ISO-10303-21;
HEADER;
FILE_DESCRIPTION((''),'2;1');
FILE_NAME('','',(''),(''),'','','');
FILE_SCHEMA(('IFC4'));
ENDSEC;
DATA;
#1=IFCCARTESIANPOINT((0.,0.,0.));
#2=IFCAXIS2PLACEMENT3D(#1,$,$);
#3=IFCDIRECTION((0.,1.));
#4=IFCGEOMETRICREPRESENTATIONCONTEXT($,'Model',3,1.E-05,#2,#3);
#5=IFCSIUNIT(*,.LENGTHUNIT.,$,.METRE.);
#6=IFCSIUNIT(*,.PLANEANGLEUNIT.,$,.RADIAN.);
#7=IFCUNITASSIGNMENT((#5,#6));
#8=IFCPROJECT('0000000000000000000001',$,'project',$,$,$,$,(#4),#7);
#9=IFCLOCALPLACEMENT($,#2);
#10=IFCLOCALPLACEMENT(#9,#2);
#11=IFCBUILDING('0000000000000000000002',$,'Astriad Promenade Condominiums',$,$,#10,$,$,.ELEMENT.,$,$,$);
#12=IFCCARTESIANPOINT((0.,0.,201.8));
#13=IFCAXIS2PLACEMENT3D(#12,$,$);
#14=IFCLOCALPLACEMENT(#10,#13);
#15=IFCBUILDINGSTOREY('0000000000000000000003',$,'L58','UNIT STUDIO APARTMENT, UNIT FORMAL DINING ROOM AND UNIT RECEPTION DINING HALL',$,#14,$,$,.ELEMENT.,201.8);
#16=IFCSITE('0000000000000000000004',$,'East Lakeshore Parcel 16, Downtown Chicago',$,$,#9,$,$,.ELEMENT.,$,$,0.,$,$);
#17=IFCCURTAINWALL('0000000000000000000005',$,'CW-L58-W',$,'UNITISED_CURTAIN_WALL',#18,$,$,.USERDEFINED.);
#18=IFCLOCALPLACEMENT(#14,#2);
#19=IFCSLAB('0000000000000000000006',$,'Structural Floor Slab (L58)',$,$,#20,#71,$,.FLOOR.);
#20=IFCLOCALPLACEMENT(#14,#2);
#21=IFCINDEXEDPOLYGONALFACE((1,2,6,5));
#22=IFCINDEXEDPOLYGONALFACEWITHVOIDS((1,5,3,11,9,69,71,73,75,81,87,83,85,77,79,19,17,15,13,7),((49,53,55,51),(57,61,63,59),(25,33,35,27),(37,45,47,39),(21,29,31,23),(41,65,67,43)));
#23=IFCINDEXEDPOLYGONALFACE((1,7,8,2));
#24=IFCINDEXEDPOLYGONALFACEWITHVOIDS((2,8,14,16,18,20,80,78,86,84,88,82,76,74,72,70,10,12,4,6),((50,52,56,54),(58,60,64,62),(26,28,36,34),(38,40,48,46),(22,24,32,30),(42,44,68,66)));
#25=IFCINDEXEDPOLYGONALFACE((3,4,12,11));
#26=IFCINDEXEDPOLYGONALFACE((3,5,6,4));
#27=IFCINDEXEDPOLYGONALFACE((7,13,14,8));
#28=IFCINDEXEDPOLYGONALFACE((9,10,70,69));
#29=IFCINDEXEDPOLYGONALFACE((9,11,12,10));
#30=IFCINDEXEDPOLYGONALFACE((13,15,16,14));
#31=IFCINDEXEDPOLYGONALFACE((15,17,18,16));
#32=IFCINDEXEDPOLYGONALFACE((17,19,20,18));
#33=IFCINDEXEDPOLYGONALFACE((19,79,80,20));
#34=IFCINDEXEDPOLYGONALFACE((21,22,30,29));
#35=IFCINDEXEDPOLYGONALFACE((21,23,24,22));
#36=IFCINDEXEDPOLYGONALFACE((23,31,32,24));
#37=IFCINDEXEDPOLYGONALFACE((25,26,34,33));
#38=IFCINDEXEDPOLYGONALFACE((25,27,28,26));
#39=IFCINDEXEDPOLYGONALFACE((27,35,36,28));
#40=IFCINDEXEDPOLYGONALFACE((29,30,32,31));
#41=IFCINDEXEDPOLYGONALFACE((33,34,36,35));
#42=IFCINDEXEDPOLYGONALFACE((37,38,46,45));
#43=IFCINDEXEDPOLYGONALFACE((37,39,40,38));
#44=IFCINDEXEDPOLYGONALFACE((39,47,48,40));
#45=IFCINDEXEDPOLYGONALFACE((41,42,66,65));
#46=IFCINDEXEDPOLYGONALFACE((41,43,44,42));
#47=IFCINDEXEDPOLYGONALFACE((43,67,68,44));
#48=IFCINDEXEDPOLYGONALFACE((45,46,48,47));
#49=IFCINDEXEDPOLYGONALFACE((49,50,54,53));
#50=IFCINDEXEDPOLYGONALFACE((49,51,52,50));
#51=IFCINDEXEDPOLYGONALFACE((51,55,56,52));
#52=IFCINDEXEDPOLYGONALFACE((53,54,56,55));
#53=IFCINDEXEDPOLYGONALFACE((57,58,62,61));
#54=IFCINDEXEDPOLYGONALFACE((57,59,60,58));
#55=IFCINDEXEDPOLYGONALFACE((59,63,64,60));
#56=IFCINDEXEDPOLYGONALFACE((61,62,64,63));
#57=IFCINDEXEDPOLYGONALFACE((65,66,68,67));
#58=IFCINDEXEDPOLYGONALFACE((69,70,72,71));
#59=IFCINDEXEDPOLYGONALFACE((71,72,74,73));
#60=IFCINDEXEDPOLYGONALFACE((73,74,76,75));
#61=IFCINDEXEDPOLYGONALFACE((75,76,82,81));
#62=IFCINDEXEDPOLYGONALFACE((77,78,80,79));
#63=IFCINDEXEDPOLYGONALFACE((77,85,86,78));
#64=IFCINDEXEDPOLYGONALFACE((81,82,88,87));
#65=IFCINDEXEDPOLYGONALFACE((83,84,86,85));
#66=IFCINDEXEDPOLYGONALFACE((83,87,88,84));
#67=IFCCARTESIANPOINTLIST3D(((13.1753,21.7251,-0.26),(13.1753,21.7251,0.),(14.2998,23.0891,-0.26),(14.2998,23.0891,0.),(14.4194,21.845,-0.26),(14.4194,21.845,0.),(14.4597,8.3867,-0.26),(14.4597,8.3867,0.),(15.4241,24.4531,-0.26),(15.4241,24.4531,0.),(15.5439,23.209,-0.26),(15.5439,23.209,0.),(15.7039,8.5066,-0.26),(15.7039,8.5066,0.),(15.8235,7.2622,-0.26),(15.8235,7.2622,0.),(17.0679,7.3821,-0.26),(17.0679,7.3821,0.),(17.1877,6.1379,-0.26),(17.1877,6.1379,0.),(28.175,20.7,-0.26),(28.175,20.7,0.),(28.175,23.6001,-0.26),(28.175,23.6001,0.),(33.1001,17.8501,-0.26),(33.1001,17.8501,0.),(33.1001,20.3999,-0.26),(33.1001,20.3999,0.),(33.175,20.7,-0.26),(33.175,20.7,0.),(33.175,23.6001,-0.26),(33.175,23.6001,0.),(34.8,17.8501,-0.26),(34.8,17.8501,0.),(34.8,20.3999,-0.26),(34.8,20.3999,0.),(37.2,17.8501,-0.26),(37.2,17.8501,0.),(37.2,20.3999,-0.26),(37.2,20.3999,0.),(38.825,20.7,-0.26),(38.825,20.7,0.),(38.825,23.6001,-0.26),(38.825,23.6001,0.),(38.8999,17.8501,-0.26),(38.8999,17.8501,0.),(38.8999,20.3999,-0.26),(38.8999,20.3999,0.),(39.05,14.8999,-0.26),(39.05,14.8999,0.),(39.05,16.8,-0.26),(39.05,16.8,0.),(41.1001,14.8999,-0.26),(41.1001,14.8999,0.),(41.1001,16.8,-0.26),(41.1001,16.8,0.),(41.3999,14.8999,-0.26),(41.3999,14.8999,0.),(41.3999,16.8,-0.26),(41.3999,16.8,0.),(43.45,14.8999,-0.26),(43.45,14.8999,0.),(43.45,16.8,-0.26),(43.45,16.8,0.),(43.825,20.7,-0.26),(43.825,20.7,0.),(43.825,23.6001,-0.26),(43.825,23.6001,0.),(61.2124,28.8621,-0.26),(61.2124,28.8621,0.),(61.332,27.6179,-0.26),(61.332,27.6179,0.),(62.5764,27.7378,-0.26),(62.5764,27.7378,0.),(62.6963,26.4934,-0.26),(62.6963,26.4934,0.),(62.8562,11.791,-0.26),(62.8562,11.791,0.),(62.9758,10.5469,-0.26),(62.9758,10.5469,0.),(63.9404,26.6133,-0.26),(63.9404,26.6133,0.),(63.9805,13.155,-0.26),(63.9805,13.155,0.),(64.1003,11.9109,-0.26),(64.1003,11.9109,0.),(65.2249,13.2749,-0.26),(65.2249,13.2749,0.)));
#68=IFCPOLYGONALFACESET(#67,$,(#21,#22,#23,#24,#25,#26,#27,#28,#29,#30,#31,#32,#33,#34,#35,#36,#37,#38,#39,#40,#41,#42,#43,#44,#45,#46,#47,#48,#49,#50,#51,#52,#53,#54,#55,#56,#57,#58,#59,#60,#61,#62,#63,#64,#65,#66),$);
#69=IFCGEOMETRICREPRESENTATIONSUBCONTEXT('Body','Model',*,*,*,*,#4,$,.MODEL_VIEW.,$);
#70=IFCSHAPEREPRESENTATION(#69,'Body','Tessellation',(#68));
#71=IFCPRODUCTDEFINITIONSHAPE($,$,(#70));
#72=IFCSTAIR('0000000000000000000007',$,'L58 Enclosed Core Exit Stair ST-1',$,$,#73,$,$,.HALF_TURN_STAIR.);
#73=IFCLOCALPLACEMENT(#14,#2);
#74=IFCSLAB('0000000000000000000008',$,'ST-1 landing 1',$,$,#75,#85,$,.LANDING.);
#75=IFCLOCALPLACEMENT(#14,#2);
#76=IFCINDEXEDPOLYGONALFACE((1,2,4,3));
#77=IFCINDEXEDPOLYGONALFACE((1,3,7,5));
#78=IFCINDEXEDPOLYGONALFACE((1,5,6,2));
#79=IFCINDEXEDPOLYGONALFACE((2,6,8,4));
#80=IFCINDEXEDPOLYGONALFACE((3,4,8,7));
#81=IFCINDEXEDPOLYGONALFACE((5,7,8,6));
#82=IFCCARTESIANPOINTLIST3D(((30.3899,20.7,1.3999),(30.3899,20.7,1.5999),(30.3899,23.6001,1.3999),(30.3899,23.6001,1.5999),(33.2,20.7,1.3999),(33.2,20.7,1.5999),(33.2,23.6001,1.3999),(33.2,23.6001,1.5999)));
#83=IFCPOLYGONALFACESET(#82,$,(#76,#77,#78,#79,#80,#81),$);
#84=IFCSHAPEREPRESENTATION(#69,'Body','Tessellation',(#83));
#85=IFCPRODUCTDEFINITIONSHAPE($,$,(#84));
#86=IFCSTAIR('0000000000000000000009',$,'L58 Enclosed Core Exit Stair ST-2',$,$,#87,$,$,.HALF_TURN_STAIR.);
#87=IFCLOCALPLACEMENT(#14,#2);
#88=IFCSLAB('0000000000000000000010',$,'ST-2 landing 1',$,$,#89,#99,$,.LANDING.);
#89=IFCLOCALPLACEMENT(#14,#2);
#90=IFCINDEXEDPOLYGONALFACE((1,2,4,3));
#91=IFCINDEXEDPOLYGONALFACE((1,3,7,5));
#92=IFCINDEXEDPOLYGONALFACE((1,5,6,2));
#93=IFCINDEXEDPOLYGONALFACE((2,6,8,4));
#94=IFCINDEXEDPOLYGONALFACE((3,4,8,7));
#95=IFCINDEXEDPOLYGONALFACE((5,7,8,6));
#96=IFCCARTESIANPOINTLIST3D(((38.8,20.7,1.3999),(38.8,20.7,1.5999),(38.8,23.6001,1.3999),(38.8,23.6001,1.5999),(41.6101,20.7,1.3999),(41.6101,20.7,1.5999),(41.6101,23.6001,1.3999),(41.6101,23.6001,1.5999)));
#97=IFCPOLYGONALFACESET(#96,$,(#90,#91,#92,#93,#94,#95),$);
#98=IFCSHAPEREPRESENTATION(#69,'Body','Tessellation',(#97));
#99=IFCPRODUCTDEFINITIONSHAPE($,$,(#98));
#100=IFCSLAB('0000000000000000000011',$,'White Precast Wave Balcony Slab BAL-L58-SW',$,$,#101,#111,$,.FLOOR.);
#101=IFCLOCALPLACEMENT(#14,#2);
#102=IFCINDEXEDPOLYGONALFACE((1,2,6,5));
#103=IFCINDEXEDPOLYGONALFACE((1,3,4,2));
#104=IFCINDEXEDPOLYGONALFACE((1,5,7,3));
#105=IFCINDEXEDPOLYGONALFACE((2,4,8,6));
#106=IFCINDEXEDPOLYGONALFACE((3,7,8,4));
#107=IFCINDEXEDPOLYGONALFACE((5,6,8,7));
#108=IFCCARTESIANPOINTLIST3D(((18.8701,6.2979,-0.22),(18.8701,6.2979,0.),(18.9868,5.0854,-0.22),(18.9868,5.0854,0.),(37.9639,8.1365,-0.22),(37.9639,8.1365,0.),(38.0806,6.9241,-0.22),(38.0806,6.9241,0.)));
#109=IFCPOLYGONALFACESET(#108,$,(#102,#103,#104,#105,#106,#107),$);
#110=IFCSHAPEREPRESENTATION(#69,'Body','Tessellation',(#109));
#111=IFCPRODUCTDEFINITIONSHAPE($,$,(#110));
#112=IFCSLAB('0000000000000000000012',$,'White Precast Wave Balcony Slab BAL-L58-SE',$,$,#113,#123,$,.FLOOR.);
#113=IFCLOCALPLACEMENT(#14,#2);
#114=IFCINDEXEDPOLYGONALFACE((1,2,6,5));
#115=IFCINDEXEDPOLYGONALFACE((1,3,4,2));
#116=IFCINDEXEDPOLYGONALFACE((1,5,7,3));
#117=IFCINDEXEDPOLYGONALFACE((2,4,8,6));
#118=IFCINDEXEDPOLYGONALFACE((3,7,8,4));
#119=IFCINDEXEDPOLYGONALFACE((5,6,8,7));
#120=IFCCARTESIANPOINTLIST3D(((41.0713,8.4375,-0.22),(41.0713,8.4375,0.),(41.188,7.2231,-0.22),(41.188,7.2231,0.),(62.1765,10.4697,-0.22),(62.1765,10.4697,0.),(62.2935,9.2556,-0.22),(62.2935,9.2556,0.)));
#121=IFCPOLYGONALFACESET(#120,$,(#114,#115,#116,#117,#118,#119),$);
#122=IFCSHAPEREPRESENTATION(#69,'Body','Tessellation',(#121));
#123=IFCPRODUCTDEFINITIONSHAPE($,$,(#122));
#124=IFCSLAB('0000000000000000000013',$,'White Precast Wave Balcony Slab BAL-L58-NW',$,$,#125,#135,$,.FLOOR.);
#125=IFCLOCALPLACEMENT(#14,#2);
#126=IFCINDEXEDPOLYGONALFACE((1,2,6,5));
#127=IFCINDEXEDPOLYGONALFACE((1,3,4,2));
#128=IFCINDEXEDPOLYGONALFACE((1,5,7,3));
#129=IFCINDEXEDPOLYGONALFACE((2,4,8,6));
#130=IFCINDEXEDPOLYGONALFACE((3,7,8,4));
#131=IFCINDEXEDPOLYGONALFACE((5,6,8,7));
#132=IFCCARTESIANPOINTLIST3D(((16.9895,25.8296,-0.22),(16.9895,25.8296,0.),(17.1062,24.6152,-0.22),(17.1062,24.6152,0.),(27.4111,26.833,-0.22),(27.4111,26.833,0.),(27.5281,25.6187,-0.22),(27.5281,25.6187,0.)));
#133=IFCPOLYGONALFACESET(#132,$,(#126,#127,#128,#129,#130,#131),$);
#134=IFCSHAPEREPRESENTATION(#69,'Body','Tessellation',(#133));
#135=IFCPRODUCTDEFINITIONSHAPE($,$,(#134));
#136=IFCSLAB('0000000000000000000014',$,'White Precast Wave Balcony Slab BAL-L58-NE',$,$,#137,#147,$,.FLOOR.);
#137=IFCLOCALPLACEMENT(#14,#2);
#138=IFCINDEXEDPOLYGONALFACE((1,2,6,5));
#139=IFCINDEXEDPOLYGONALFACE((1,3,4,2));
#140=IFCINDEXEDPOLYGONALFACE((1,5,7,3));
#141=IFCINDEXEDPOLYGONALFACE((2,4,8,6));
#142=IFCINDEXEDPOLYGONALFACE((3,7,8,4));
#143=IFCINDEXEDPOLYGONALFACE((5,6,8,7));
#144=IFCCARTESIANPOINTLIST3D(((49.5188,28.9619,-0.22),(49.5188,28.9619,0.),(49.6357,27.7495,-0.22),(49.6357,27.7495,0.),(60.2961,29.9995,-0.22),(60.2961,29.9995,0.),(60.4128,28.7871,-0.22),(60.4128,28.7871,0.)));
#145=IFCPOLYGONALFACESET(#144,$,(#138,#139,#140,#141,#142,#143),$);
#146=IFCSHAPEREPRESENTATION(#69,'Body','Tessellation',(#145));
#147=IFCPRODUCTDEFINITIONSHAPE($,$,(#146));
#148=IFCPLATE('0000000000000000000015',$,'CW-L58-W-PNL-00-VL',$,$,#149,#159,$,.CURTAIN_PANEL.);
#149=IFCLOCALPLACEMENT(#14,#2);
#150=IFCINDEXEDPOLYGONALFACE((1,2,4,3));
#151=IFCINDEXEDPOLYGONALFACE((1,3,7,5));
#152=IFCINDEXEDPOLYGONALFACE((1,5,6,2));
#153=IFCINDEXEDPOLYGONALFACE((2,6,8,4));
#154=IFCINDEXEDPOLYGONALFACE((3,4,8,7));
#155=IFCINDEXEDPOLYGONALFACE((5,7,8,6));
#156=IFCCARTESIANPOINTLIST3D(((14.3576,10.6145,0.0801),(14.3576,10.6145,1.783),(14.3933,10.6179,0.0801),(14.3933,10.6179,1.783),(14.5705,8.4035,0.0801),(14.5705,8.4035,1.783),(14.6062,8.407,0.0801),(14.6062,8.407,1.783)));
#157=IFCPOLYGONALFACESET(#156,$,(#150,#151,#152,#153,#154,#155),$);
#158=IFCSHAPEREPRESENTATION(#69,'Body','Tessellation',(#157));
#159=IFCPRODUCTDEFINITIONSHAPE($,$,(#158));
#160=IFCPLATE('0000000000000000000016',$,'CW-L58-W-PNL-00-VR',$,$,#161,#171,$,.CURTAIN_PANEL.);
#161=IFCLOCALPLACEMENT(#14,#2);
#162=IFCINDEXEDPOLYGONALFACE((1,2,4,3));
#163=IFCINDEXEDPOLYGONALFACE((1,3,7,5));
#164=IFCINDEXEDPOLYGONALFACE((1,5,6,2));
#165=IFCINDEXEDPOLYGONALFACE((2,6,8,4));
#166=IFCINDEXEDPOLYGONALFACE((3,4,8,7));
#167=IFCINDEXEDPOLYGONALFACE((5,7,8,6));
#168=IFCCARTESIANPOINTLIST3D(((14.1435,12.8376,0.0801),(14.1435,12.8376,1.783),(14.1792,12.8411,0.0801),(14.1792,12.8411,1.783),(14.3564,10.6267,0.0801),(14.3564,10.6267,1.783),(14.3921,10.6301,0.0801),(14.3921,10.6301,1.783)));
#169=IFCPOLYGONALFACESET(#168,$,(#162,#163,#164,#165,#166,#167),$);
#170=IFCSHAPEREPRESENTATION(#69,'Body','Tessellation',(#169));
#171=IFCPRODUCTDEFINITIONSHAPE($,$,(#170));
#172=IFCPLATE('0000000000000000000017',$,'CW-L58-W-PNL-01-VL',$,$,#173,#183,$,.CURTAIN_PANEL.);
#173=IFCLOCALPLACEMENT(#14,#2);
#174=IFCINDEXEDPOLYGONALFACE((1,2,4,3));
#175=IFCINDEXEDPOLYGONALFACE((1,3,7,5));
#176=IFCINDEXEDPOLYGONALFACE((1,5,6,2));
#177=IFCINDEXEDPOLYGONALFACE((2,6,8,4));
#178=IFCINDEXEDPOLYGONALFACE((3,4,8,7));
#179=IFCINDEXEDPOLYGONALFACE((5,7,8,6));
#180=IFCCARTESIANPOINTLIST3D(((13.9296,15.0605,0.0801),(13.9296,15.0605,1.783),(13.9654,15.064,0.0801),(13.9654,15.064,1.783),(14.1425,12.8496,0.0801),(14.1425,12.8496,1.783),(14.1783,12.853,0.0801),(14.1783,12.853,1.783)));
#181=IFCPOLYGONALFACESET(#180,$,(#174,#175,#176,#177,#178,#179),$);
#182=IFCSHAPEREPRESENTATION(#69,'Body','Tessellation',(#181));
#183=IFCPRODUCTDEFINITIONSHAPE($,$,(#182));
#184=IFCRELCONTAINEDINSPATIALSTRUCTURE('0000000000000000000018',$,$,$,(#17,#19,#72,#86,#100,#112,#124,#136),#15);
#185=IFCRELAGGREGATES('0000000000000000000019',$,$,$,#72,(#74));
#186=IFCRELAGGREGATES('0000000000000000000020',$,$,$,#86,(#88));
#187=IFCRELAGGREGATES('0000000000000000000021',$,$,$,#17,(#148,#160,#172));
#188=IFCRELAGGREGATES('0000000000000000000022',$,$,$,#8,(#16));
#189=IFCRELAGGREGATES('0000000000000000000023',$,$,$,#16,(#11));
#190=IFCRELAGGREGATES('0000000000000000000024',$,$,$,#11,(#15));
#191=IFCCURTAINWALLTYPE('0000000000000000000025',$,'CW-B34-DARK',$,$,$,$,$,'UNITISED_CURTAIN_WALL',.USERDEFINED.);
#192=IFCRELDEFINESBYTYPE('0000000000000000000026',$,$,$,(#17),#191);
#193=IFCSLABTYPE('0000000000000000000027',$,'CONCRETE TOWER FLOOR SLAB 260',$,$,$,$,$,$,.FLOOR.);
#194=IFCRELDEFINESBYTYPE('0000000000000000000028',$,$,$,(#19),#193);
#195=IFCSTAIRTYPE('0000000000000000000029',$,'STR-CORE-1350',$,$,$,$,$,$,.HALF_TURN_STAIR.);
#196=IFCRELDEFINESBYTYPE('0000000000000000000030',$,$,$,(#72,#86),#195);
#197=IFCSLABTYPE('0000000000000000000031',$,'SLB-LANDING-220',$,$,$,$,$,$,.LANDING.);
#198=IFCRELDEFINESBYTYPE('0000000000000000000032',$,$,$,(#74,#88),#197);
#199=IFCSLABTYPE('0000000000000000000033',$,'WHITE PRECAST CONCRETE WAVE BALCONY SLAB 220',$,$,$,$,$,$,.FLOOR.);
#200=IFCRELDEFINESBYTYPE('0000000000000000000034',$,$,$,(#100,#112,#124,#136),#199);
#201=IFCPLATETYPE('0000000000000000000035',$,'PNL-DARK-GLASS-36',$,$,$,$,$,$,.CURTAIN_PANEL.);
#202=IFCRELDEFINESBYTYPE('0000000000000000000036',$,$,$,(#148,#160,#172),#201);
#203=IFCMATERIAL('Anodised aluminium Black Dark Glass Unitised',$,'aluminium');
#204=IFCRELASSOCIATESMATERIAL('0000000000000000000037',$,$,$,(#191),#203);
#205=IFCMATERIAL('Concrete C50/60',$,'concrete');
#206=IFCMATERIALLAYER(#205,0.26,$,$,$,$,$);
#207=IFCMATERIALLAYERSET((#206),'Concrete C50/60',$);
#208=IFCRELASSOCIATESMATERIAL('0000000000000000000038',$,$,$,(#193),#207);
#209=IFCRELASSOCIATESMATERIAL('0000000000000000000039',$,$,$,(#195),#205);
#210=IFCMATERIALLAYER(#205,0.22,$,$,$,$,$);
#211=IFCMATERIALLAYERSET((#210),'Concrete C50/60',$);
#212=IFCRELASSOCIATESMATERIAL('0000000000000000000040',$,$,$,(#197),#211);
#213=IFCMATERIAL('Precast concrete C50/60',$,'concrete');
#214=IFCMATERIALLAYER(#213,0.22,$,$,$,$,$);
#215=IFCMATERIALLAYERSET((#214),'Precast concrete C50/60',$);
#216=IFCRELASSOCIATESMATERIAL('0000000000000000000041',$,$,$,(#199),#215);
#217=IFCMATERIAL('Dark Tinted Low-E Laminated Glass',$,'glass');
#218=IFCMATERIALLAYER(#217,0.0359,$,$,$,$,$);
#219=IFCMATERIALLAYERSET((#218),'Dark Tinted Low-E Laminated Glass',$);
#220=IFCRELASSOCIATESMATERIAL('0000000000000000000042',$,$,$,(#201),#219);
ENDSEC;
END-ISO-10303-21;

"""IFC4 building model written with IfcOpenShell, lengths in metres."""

from ifc_helpers import new_model, si_unit, direction, frame, origin, origin_2d, place, context, subcontext, project, spatial, polyline, rectangle, outline, extrude, source, transform, mapped, material, layer, layer_set, type_object, element, aggregate, save


model = new_model("IFC4")

# Units and contexts
model_context = context("Model", 3, precision=1e-05, world=origin(), true_north=direction((0.0, 1.0)))
body_context = subcontext(model_context, "Body", "Model", "MODEL_VIEW")
ifc_project = project(units=[si_unit("LENGTHUNIT", "METRE"), si_unit("PLANEANGLEUNIT", "RADIAN")], contexts=[model_context])

# Site, building, storey
site_placement = place(None, origin())
site = spatial("IfcSite", under=ifc_project, at=site_placement, Name="East Lakeshore Parcel 16, Downtown Chicago", CompositionType="ELEMENT", RefElevation=0.0)
building_placement = place(site_placement, origin())
building = spatial("IfcBuilding", under=site, at=building_placement, Name="Astriad Promenade Condominiums", CompositionType="ELEMENT")
storey_placement = place(building_placement, frame((0.0, 0.0, 201.8)))
storey = spatial("IfcBuildingStorey", under=building, at=storey_placement, Name="L58", Description="UNIT STUDIO APARTMENT, UNIT FORMAL DINING ROOM AND UNIT RECEPTION DINING HALL", CompositionType="ELEMENT", Elevation=201.8)

# Shared definitions
ifc_material_1 = material(Name="Concrete C50/60", Category="concrete")

# Curtain wall
ifc_material_2 = material(Name="Anodised aluminium Black Dark Glass Unitised", Category="aluminium")
curtain_wall_type = type_object("IfcCurtainWallType", Name="CW-B34-DARK", ElementType="UNITISED_CURTAIN_WALL", PredefinedType="USERDEFINED", material=ifc_material_2)
curtain_wall_placement = place(storey_placement, origin())
curtain_wall = element("IfcCurtainWall", 1, at=curtain_wall_placement, inside=storey, type_object=curtain_wall_type, Name="CW-L58-W", ObjectType="UNITISED_CURTAIN_WALL", PredefinedType="USERDEFINED")

# Slab
ifc_layer_1 = layer(ifc_material_1, 0.26)
ifc_layer_set_1 = layer_set([ifc_layer_1], Name="Concrete C50/60")
slab_type_1 = type_object("IfcSlabType", Name="CONCRETE TOWER FLOOR SLAB 260", PredefinedType="FLOOR", material=ifc_layer_set_1)
slab_1_placement = place(storey_placement, frame((0.0, 0.0, -0.26)))
element("IfcSlab", 2, at=slab_1_placement, inside=storey, type_object=slab_type_1, Name="Structural Floor Slab (L58)", PredefinedType="FLOOR", context=body_context, shape_type="SweptSolid", body=[
    extrude(outline(polyline([(17.1877, 6.1379), (62.9758, 10.5469), (62.8562, 11.791), (64.1003, 11.9109), (63.9805, 13.155), (65.2249, 13.2749), (63.9404, 26.6133), (62.6963, 26.4934), (62.5764, 27.7378), (61.332, 27.6179), (61.2124, 28.8621), (15.4241, 24.4531), (15.5439, 23.209), (14.2998, 23.0891), (14.4194, 21.845), (13.1753, 21.7251), (14.4597, 8.3867), (15.7039, 8.5066), (15.8235, 7.2622), (17.0679, 7.3821), (17.1877, 6.1379)]), holes=[polyline([(28.175, 20.7), (33.175, 20.7), (33.175, 23.6001), (28.175, 23.6001), (28.175, 20.7)]), polyline([(38.825, 20.7), (43.825, 20.7), (43.825, 23.6001), (38.825, 23.6001), (38.825, 20.7)]), polyline([(33.1001, 17.8501), (34.8, 17.8501), (34.8, 20.3999), (33.1001, 20.3999), (33.1001, 17.8501)]), polyline([(37.2, 17.8501), (38.8999, 17.8501), (38.8999, 20.3999), (37.2, 20.3999), (37.2, 17.8501)]), polyline([(39.05, 14.8999), (41.1001, 14.8999), (41.1001, 16.8), (39.05, 16.8), (39.05, 14.8999)]), polyline([(41.3999, 14.8999), (43.45, 14.8999), (43.45, 16.8), (41.3999, 16.8), (41.3999, 14.8999)])]), origin(), (0.0, 0.0, 1.0), 0.26),
])

# Stairs, slabs
stair_type = type_object("IfcStairType", Name="STR-CORE-1350", PredefinedType="HALF_TURN_STAIR", material=ifc_material_1)
stair_1_placement = place(storey_placement, origin())
stair_1 = element("IfcStair", 3, at=stair_1_placement, inside=storey, type_object=stair_type, Name="L58 Enclosed Core Exit Stair ST-1", PredefinedType="HALF_TURN_STAIR")
ifc_layer_2 = layer(ifc_material_1, 0.22)
ifc_layer_set_2 = layer_set([ifc_layer_2], Name="Concrete C50/60")
slab_type_2 = type_object("IfcSlabType", Name="SLB-LANDING-220", PredefinedType="LANDING", material=ifc_layer_set_2)
slab_2_placement = place(storey_placement, frame((0.0, 0.0, 1.3999)))
slab_2 = element("IfcSlab", 4, at=slab_2_placement, type_object=slab_type_2, Name="ST-1 landing 1", PredefinedType="LANDING", context=body_context, shape_type="SweptSolid", body=[
    extrude(outline(polyline([(30.3899, 20.7), (33.2, 20.7), (33.2, 23.6001), (30.3899, 23.6001), (30.3899, 20.7)])), origin(), (0.0, 0.0, 1.0), 0.2),
])
aggregate(stair_1, [slab_2])
stair_2_placement = place(storey_placement, origin())
stair_2 = element("IfcStair", 5, at=stair_2_placement, inside=storey, type_object=stair_type, Name="L58 Enclosed Core Exit Stair ST-2", PredefinedType="HALF_TURN_STAIR")
slab_3_placement = place(storey_placement, frame((0.0, 0.0, 1.3999)))
slab_3 = element("IfcSlab", 6, at=slab_3_placement, type_object=slab_type_2, Name="ST-2 landing 1", PredefinedType="LANDING", context=body_context, shape_type="SweptSolid", body=[
    extrude(outline(polyline([(41.6101, 23.6001), (38.8, 23.6001), (38.8, 20.7), (41.6101, 20.7), (41.6101, 23.6001)])), origin(), (0.0, 0.0, 1.0), 0.2),
])
aggregate(stair_2, [slab_3])

# Slabs
ifc_material_3 = material(Name="Precast concrete C50/60", Category="concrete")
ifc_layer_3 = layer(ifc_material_3, 0.22)
ifc_layer_set_3 = layer_set([ifc_layer_3], Name="Precast concrete C50/60")
slab_type_3 = type_object("IfcSlabType", Name="WHITE PRECAST CONCRETE WAVE BALCONY SLAB 220", PredefinedType="FLOOR", material=ifc_layer_set_3)
slab_4_placement = place(storey_placement, frame((0.0, 0.0, -0.22)))
element("IfcSlab", 7, at=slab_4_placement, inside=storey, type_object=slab_type_3, Name="White Precast Wave Balcony Slab BAL-L58-SW", PredefinedType="FLOOR", context=body_context, shape_type="SweptSolid", body=[
    extrude(outline(polyline([(38.0806, 6.9241), (18.9868, 5.0854), (18.8701, 6.2979), (37.9639, 8.1365), (38.0806, 6.9241)])), origin(), (0.0, 0.0, 1.0), 0.22),
])
slab_5_placement = place(storey_placement, frame((0.0, 0.0, -0.22)))
element("IfcSlab", 8, at=slab_5_placement, inside=storey, type_object=slab_type_3, Name="White Precast Wave Balcony Slab BAL-L58-SE", PredefinedType="FLOOR", context=body_context, shape_type="SweptSolid", body=[
    extrude(outline(polyline([(41.188, 7.2231), (62.2935, 9.2556), (62.1765, 10.4697), (41.0713, 8.4375), (41.188, 7.2231)])), origin(), (0.0, 0.0, 1.0), 0.22),
])
slab_6_placement = place(storey_placement, frame((0.0, 0.0, -0.22)))
element("IfcSlab", 9, at=slab_6_placement, inside=storey, type_object=slab_type_3, Name="White Precast Wave Balcony Slab BAL-L58-NW", PredefinedType="FLOOR", context=body_context, shape_type="SweptSolid", body=[
    extrude(outline(polyline([(17.1062, 24.6152), (27.5281, 25.6187), (27.4111, 26.833), (16.9895, 25.8296), (17.1062, 24.6152)])), origin(), (0.0, 0.0, 1.0), 0.22),
])
slab_7_placement = place(storey_placement, frame((0.0, 0.0, -0.22)))
element("IfcSlab", 10, at=slab_7_placement, inside=storey, type_object=slab_type_3, Name="White Precast Wave Balcony Slab BAL-L58-NE", PredefinedType="FLOOR", context=body_context, shape_type="SweptSolid", body=[
    extrude(outline(polyline([(49.5188, 28.9619), (60.2961, 29.9995), (60.4128, 28.7871), (49.6357, 27.7495), (49.5188, 28.9619)])), origin(), (0.0, 0.0, 1.0), 0.22),
])

# Plates
ifc_material_4 = material(Name="Dark Tinted Low-E Laminated Glass", Category="glass")
ifc_layer_4 = layer(ifc_material_4, 0.0359)
ifc_layer_set_4 = layer_set([ifc_layer_4], Name="Dark Tinted Low-E Laminated Glass")
plate_type = type_object("IfcPlateType", Name="PNL-DARK-GLASS-36", PredefinedType="CURTAIN_PANEL", material=ifc_layer_set_4)
shared_shape_1 = source(origin(), body_context, "Body", "SweptSolid", [
    extrude(rectangle(XDim=2.2212, YDim=0.0359, at=origin_2d()), origin(), (0.0, 0.0, 1.0), 1.7029),
])
plate_1_placement = place(storey_placement, frame((14.4819, 9.5107, 0.0801), z_axis=(0.0, 0.0, 1.0), x_axis=(-0.095846, 0.995396, 0.0)))
plate_1 = element("IfcPlate", 11, at=plate_1_placement, type_object=plate_type, Name="CW-L58-W-PNL-00-VL", PredefinedType="CURTAIN_PANEL", context=body_context, shape_type="MappedRepresentation", body=[
    mapped(shared_shape_1, transform((0.0, 0.0, 0.0), scale=1.0)),
])
plate_2_placement = place(storey_placement, frame((14.2678, 11.7339, 0.0801), z_axis=(0.0, 0.0, 1.0), x_axis=(-0.095846, 0.995396, 0.0)))
plate_2 = element("IfcPlate", 12, at=plate_2_placement, type_object=plate_type, Name="CW-L58-W-PNL-00-VR", PredefinedType="CURTAIN_PANEL", context=body_context, shape_type="MappedRepresentation", body=[
    mapped(shared_shape_1, transform((0.0, 0.0, 0.0), scale=1.0)),
])
plate_3_placement = place(storey_placement, frame((14.054, 13.9568, 0.0801), z_axis=(0.0, 0.0, 1.0), x_axis=(-0.095846, 0.995396, 0.0)))
plate_3 = element("IfcPlate", 13, at=plate_3_placement, type_object=plate_type, Name="CW-L58-W-PNL-01-VL", PredefinedType="CURTAIN_PANEL", context=body_context, shape_type="MappedRepresentation", body=[
    mapped(shared_shape_1, transform((0.0, 0.0, 0.0), scale=1.0)),
])
aggregate(curtain_wall, [plate_1, plate_2, plate_3])

save(model, "model.ifc")
